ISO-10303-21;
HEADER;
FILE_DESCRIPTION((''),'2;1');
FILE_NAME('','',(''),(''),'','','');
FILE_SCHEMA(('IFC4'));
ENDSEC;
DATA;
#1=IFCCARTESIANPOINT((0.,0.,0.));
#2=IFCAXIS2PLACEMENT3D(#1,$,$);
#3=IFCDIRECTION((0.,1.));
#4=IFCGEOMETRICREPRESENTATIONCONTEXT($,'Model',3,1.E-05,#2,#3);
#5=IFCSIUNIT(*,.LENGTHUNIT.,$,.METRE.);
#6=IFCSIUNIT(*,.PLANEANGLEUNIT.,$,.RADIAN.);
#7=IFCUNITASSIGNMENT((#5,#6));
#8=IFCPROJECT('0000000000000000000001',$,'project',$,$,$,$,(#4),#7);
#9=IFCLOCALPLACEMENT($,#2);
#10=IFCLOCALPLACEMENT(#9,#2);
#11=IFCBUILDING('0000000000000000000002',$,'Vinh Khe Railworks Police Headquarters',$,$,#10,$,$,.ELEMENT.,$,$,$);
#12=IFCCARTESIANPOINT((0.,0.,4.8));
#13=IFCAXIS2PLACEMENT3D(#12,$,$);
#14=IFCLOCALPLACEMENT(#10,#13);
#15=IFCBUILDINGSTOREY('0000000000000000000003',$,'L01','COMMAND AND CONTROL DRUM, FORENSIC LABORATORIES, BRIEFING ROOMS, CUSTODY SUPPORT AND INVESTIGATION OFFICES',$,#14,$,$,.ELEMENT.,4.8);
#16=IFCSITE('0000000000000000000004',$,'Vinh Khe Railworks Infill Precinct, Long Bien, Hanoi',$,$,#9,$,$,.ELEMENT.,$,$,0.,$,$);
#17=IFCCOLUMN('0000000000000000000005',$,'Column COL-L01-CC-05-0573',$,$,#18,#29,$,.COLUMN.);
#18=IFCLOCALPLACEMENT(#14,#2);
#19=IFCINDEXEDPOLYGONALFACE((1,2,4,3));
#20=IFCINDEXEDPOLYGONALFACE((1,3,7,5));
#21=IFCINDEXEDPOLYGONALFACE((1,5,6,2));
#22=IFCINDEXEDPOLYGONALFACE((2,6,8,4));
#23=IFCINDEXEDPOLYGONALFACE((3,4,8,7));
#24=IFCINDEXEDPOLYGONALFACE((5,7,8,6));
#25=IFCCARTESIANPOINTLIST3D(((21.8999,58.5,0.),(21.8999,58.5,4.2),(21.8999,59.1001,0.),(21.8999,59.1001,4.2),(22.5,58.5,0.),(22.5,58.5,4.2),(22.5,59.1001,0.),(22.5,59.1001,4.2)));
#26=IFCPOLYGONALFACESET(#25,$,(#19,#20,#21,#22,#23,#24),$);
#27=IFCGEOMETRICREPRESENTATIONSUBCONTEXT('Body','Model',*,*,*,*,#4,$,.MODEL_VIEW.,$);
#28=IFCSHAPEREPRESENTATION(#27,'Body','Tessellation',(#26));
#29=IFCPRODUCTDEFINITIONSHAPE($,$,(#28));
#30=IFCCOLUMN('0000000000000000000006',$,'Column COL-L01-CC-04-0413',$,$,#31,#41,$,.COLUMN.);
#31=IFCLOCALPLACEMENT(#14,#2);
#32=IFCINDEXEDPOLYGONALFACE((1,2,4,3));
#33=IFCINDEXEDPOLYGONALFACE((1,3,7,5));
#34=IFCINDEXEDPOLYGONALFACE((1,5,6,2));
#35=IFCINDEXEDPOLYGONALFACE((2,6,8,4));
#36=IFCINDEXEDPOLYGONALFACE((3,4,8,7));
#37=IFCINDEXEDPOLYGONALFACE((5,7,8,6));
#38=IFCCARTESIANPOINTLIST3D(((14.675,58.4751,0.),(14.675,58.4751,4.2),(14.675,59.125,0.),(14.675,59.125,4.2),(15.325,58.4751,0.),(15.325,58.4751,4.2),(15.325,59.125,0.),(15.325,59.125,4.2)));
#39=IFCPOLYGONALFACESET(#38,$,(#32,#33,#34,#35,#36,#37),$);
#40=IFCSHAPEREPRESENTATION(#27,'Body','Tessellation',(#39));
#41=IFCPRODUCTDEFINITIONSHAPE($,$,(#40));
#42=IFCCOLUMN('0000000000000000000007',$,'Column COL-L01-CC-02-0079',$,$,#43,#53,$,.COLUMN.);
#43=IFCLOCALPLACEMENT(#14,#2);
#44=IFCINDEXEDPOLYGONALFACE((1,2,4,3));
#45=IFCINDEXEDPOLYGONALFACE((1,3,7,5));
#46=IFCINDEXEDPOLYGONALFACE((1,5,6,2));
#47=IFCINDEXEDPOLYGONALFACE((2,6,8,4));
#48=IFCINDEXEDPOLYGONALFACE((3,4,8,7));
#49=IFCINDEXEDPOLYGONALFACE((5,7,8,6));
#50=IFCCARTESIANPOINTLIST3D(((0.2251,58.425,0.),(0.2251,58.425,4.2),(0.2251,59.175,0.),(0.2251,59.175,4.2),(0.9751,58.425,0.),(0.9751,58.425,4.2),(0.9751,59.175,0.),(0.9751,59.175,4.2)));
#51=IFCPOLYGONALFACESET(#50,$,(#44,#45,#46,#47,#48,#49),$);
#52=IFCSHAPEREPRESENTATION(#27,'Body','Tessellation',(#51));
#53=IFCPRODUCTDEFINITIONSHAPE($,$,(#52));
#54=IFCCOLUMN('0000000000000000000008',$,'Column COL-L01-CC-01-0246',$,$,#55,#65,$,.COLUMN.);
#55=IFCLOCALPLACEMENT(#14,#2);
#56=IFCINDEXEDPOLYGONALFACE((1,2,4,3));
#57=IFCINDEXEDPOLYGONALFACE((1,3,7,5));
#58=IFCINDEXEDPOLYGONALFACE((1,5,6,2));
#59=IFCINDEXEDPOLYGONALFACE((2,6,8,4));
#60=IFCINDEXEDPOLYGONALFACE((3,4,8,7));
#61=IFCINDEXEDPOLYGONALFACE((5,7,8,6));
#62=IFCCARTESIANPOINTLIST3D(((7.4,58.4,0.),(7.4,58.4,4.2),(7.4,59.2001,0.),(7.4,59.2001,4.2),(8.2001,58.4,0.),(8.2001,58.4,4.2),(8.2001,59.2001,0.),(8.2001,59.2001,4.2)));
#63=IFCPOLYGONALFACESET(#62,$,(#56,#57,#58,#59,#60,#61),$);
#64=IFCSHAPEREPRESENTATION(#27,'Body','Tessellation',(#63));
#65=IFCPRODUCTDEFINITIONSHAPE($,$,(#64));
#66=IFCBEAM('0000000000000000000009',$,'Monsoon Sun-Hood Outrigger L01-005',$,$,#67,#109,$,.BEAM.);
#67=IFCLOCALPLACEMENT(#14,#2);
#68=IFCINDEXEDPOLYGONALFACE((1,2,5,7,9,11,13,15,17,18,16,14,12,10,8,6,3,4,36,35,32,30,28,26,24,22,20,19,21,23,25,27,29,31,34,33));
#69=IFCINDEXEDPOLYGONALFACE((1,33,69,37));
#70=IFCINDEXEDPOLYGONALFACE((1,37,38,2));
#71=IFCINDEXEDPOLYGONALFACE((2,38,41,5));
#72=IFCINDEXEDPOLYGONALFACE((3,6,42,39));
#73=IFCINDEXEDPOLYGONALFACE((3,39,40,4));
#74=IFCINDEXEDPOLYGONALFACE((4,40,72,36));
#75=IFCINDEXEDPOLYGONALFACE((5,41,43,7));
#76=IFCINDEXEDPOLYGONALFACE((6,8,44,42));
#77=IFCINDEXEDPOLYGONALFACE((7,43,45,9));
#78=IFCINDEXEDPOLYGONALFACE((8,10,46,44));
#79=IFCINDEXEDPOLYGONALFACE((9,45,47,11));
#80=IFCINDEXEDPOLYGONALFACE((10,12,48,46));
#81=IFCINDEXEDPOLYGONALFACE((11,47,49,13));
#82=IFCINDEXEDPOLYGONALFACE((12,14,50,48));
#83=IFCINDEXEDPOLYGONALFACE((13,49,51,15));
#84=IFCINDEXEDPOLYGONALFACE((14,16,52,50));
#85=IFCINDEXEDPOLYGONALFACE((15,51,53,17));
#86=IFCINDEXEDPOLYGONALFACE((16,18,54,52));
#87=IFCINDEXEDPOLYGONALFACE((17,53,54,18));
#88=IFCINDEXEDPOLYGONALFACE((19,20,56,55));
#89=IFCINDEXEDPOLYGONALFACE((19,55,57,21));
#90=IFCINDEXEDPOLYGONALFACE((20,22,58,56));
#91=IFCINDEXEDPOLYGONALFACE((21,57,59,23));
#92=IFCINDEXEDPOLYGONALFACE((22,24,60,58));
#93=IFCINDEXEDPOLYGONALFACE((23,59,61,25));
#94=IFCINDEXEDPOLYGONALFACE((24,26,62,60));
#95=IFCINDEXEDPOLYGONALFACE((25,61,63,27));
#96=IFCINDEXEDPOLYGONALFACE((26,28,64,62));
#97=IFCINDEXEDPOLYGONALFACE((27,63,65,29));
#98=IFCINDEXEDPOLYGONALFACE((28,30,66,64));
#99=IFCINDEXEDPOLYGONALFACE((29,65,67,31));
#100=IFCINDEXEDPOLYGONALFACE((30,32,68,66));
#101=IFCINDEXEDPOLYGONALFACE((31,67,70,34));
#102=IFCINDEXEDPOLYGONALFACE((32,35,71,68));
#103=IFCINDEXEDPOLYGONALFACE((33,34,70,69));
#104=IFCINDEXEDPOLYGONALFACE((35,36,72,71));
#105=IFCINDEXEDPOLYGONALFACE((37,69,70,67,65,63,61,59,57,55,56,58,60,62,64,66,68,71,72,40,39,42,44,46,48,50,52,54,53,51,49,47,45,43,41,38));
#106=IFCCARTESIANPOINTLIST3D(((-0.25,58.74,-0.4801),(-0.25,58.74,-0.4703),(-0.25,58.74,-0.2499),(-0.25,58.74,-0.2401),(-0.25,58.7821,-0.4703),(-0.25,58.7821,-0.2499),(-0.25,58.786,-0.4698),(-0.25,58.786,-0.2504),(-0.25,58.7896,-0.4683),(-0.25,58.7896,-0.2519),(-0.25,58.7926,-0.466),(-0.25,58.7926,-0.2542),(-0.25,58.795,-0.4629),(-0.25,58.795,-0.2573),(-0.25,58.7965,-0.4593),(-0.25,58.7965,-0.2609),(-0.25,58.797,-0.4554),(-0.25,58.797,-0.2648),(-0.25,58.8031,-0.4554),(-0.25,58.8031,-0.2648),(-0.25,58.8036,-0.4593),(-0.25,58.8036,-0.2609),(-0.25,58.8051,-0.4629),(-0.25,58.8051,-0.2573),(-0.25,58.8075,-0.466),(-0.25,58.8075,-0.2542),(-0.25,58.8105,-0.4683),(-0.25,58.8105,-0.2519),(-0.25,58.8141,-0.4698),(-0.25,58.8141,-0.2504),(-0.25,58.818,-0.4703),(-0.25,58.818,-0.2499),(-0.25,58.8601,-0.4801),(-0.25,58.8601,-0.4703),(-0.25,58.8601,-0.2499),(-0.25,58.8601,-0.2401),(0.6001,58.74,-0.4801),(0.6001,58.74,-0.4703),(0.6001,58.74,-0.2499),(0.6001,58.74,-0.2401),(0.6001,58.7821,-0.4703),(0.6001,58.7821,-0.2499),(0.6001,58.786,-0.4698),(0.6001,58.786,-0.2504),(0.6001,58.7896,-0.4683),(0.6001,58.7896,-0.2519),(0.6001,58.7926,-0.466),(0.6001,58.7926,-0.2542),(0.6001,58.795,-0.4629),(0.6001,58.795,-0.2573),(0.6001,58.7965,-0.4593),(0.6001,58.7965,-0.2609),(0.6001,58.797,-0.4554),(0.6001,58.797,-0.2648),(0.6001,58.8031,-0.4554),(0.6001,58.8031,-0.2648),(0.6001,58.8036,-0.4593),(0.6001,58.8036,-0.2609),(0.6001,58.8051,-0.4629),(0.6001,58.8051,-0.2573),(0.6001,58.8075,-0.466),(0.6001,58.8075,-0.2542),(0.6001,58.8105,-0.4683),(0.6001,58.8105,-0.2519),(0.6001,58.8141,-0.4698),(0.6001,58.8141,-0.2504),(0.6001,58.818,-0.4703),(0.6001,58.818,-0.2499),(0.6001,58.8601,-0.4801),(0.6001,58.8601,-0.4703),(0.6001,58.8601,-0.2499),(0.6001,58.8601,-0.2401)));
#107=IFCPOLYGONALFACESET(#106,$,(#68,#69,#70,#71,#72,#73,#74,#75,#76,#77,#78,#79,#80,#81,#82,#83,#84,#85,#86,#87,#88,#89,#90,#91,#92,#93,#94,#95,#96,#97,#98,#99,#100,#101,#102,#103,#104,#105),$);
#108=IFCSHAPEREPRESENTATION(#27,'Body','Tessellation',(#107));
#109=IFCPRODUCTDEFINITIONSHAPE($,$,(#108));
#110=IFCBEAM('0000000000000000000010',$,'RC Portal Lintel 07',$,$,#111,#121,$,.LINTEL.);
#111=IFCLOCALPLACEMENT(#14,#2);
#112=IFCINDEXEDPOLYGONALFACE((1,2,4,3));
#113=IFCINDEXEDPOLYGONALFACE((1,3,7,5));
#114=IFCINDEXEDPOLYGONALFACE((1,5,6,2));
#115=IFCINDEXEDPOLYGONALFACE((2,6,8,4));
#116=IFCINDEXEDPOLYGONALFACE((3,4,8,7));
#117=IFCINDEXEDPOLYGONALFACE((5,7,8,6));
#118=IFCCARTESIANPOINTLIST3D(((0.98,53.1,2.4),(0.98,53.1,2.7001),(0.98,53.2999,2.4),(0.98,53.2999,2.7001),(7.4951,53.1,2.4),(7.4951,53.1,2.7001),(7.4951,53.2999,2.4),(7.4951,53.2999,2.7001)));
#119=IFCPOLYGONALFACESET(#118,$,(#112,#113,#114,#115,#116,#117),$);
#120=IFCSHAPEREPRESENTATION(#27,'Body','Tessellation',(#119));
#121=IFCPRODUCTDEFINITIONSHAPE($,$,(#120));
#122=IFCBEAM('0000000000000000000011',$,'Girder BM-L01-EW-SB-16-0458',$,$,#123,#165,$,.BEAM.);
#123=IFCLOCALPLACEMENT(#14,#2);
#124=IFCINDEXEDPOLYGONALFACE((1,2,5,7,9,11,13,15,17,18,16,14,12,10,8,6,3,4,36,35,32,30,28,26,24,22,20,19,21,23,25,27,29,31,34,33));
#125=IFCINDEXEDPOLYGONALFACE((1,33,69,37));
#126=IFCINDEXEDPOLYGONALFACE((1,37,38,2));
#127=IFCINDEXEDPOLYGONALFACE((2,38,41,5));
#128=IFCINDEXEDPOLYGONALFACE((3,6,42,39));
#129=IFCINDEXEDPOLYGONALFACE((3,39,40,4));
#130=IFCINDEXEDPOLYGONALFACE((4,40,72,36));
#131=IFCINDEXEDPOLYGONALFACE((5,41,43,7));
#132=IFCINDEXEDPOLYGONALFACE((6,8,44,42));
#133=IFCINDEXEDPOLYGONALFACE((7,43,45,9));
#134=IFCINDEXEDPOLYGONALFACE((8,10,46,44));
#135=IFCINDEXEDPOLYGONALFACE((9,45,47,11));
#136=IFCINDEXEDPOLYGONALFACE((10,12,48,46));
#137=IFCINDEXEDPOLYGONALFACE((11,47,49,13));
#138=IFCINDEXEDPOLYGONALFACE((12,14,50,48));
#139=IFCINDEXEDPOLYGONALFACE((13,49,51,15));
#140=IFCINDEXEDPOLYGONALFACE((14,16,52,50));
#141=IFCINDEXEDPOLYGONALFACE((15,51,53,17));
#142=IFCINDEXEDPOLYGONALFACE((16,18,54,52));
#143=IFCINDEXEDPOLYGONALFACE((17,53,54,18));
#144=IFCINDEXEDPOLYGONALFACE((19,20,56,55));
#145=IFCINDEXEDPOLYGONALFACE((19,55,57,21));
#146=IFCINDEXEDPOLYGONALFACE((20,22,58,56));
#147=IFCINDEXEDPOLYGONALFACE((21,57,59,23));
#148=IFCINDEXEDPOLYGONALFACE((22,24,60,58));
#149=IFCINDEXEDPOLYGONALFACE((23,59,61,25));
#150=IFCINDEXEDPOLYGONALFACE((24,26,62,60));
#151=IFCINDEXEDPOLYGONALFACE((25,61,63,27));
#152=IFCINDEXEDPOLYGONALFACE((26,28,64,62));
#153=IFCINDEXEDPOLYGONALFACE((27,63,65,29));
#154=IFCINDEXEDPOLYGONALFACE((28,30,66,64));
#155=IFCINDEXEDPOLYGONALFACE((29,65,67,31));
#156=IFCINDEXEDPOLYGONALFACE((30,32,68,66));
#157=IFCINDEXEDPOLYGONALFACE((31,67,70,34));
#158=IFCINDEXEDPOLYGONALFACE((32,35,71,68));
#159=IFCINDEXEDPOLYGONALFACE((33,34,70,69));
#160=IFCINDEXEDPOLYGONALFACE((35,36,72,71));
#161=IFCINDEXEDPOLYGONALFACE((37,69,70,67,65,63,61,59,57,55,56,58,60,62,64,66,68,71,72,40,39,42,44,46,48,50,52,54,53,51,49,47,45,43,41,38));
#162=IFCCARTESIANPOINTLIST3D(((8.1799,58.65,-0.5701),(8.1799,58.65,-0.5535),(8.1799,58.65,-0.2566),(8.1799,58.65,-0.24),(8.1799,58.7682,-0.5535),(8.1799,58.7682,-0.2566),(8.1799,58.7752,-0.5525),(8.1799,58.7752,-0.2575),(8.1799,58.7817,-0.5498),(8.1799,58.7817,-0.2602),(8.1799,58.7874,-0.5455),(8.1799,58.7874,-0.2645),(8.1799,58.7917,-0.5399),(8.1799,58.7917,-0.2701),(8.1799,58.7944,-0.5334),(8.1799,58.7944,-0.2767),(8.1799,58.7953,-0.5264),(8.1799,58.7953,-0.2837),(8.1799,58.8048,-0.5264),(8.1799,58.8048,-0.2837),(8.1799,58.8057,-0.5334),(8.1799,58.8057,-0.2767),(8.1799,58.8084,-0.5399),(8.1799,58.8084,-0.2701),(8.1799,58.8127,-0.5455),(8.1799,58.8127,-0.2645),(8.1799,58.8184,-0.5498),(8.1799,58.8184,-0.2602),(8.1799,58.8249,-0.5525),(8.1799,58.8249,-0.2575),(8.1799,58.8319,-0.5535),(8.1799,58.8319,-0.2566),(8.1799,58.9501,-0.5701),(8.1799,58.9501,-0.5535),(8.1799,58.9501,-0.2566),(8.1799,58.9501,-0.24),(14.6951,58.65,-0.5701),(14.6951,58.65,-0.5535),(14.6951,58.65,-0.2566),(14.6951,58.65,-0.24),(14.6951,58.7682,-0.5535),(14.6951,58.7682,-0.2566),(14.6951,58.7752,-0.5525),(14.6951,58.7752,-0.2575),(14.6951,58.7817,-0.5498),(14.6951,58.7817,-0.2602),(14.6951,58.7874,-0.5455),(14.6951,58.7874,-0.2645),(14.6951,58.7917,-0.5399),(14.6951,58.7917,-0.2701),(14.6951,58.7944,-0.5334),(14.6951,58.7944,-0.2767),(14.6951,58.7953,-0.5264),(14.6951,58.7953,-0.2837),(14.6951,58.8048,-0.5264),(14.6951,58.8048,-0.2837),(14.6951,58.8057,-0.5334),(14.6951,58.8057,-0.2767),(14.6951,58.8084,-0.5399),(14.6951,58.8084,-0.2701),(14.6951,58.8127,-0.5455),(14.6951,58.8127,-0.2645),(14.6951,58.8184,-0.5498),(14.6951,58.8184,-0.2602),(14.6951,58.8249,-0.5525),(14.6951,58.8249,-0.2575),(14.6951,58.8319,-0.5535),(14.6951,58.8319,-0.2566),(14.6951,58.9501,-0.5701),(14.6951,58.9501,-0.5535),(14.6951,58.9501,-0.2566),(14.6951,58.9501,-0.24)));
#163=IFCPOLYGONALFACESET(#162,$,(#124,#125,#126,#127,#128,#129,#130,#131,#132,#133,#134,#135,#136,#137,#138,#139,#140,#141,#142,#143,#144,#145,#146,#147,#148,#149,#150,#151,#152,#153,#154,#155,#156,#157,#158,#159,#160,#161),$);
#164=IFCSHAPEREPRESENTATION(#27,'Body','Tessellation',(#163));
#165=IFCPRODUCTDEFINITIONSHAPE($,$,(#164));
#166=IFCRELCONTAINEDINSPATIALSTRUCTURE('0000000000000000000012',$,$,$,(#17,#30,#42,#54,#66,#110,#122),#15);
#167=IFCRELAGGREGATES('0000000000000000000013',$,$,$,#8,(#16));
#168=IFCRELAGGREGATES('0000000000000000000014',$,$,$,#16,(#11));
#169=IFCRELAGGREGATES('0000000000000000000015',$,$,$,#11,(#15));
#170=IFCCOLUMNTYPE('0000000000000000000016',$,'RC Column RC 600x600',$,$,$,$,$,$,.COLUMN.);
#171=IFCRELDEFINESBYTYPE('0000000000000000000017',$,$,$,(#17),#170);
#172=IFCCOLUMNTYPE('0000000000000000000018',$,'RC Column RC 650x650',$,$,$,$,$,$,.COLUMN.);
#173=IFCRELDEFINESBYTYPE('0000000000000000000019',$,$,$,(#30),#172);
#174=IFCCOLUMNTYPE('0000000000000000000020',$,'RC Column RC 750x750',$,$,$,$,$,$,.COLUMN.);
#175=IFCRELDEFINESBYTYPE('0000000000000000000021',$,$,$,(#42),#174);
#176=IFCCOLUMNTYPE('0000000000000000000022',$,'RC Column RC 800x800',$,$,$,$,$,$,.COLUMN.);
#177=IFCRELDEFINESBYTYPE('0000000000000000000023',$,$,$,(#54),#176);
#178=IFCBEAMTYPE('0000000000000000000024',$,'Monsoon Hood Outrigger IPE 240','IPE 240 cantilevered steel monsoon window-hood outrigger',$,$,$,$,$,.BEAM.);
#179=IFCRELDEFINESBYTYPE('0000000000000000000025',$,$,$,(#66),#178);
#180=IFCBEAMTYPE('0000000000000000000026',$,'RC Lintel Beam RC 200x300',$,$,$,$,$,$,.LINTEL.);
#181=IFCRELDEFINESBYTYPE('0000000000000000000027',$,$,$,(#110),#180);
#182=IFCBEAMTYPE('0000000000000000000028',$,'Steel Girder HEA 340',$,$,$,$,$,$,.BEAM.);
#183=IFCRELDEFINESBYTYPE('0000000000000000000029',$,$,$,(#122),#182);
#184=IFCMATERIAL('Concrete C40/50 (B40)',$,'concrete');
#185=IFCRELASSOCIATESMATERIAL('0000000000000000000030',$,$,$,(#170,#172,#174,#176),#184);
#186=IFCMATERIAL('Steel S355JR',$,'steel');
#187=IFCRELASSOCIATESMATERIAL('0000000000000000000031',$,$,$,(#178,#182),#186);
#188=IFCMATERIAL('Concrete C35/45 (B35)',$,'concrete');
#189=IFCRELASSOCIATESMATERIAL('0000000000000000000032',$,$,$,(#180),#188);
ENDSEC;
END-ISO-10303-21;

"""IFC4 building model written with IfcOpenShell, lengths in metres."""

from ifc_helpers import new_model, si_unit, direction, frame, origin, origin_2d, place, context, subcontext, project, spatial, rectangle, i_section, extrude, material, material_profile, profile_set, type_object, element, save


model = new_model("IFC4")

# Units and contexts
model_context = context("Model", 3, precision=1e-05, world=origin(), true_north=direction((0.0, 1.0)))
body_context = subcontext(model_context, "Body", "Model", "MODEL_VIEW")
ifc_project = project(units=[si_unit("LENGTHUNIT", "METRE"), si_unit("PLANEANGLEUNIT", "RADIAN")], contexts=[model_context])

# Site, building, storey
site_placement = place(None, origin())
site = spatial("IfcSite", under=ifc_project, at=site_placement, Name="Vinh Khe Railworks Infill Precinct, Long Bien, Hanoi", CompositionType="ELEMENT", RefElevation=0.0)
building_placement = place(site_placement, origin())
building = spatial("IfcBuilding", under=site, at=building_placement, Name="Vinh Khe Railworks Police Headquarters", CompositionType="ELEMENT")
storey_placement = place(building_placement, frame((0.0, 0.0, 4.8)))
storey = spatial("IfcBuildingStorey", under=building, at=storey_placement, Name="L01", Description="COMMAND AND CONTROL DRUM, FORENSIC LABORATORIES, BRIEFING ROOMS, CUSTODY SUPPORT AND INVESTIGATION OFFICES", CompositionType="ELEMENT", Elevation=4.8)

# Columns
ifc_material_1 = material(Name="Concrete C40/50 (B40)", Category="concrete")
ifc_material_profile_1 = material_profile(ifc_material_1, rectangle(XDim=0.6001, YDim=0.6001, at=origin_2d()), Name="RC 600x600")
ifc_profile_set_1 = profile_set([ifc_material_profile_1], Name="Concrete C40/50 (B40)")
column_type_1 = type_object("IfcColumnType", Name="RC Column RC 600x600", PredefinedType="COLUMN", material=ifc_profile_set_1)
column_1_placement = place(storey_placement, frame((22.2, 58.8, 0.0), z_axis=(0.0, 0.0, 1.0), x_axis=(1.0, 0.0, 0.0)))
element("IfcColumn", 1, at=column_1_placement, inside=storey, type_object=column_type_1, Name="Column COL-L01-CC-05-0573", PredefinedType="COLUMN", context=body_context, shape_type="SweptSolid", body=[
    extrude(rectangle(XDim=0.6001, YDim=0.6001, at=origin_2d()), origin(), (0.0, 0.0, 1.0), 4.2),
])
ifc_material_profile_2 = material_profile(ifc_material_1, rectangle(XDim=0.6499, YDim=0.6499, at=origin_2d()), Name="RC 650x650")
ifc_profile_set_2 = profile_set([ifc_material_profile_2], Name="Concrete C40/50 (B40)")
column_type_2 = type_object("IfcColumnType", Name="RC Column RC 650x650", PredefinedType="COLUMN", material=ifc_profile_set_2)
column_2_placement = place(storey_placement, frame((15.0, 58.8, 0.0), z_axis=(0.0, 0.0, 1.0), x_axis=(1.0, 0.0, 0.0)))
element("IfcColumn", 2, at=column_2_placement, inside=storey, type_object=column_type_2, Name="Column COL-L01-CC-04-0413", PredefinedType="COLUMN", context=body_context, shape_type="SweptSolid", body=[
    extrude(rectangle(XDim=0.6499, YDim=0.6499, at=origin_2d()), origin(), (0.0, 0.0, 1.0), 4.2),
])
ifc_material_profile_3 = material_profile(ifc_material_1, rectangle(XDim=0.75, YDim=0.75, at=origin_2d()), Name="RC 750x750")
ifc_profile_set_3 = profile_set([ifc_material_profile_3], Name="Concrete C40/50 (B40)")
column_type_3 = type_object("IfcColumnType", Name="RC Column RC 750x750", PredefinedType="COLUMN", material=ifc_profile_set_3)
column_3_placement = place(storey_placement, frame((0.6001, 58.8, 0.0), z_axis=(0.0, 0.0, 1.0), x_axis=(1.0, 0.0, 0.0)))
element("IfcColumn", 3, at=column_3_placement, inside=storey, type_object=column_type_3, Name="Column COL-L01-CC-02-0079", PredefinedType="COLUMN", context=body_context, shape_type="SweptSolid", body=[
    extrude(rectangle(XDim=0.75, YDim=0.75, at=origin_2d()), origin(), (0.0, 0.0, 1.0), 4.2),
])
ifc_material_profile_4 = material_profile(ifc_material_1, rectangle(XDim=0.8, YDim=0.8, at=origin_2d()), Name="RC 800x800")
ifc_profile_set_4 = profile_set([ifc_material_profile_4], Name="Concrete C40/50 (B40)")
column_type_4 = type_object("IfcColumnType", Name="RC Column RC 800x800", PredefinedType="COLUMN", material=ifc_profile_set_4)
column_4_placement = place(storey_placement, frame((7.8, 58.8, 0.0), z_axis=(0.0, 0.0, 1.0), x_axis=(1.0, 0.0, 0.0)))
element("IfcColumn", 4, at=column_4_placement, inside=storey, type_object=column_type_4, Name="Column COL-L01-CC-01-0246", PredefinedType="COLUMN", context=body_context, shape_type="SweptSolid", body=[
    extrude(rectangle(XDim=0.8, YDim=0.8, at=origin_2d()), origin(), (0.0, 0.0, 1.0), 4.2),
])

# Beams
ifc_material_2 = material(Name="Steel S355JR", Category="steel")
ifc_material_profile_5 = material_profile(ifc_material_2, i_section(OverallWidth=0.1201, OverallDepth=0.24, WebThickness=0.0061, FlangeThickness=0.0098, FilletRadius=0.0149, at=origin_2d()), Name="IPE 240")
ifc_profile_set_5 = profile_set([ifc_material_profile_5], Name="Steel S355JR")
beam_type_1 = type_object("IfcBeamType", Name="Monsoon Hood Outrigger IPE 240", Description="IPE 240 cantilevered steel monsoon window-hood outrigger", PredefinedType="BEAM", material=ifc_profile_set_5)
beam_1_placement = place(storey_placement, frame((-0.25, 58.8, -0.3601), z_axis=(1.0, 0.0, 0.0), x_axis=(0.0, 1.0, 0.0)))
element("IfcBeam", 5, at=beam_1_placement, inside=storey, type_object=beam_type_1, Name="Monsoon Sun-Hood Outrigger L01-005", PredefinedType="BEAM", context=body_context, shape_type="SweptSolid", body=[
    extrude(i_section(OverallWidth=0.1201, OverallDepth=0.24, WebThickness=0.0061, FlangeThickness=0.0098, FilletRadius=0.0149, at=origin_2d()), origin(), (0.0, 0.0, 1.0), 0.8501),
])
ifc_material_3 = material(Name="Concrete C35/45 (B35)", Category="concrete")
ifc_material_profile_6 = material_profile(ifc_material_3, rectangle(XDim=0.2, YDim=0.3, at=origin_2d()), Name="RC 200x300")
ifc_profile_set_6 = profile_set([ifc_material_profile_6], Name="Concrete C35/45 (B35)")
beam_type_2 = type_object("IfcBeamType", Name="RC Lintel Beam RC 200x300", PredefinedType="LINTEL", material=ifc_profile_set_6)
beam_2_placement = place(storey_placement, frame((0.98, 53.2, 2.55), z_axis=(1.0, 0.0, 0.0), x_axis=(0.0, 1.0, 0.0)))
element("IfcBeam", 6, at=beam_2_placement, inside=storey, type_object=beam_type_2, Name="RC Portal Lintel 07", PredefinedType="LINTEL", context=body_context, shape_type="SweptSolid", body=[
    extrude(rectangle(XDim=0.2, YDim=0.3, at=origin_2d()), origin(), (0.0, 0.0, 1.0), 6.5151),
])
ifc_material_profile_7 = material_profile(ifc_material_2, i_section(OverallWidth=0.3, OverallDepth=0.3301, WebThickness=0.0095, FlangeThickness=0.0166, FilletRadius=0.0271, at=origin_2d()), Name="HEA 340")
ifc_profile_set_7 = profile_set([ifc_material_profile_7], Name="Steel S355JR")
beam_type_3 = type_object("IfcBeamType", Name="Steel Girder HEA 340", PredefinedType="BEAM", material=ifc_profile_set_7)
beam_3_placement = place(storey_placement, frame((8.1799, 58.8, -0.405), z_axis=(1.0, 0.0, 0.0), x_axis=(0.0, 1.0, 0.0)))
element("IfcBeam", 7, at=beam_3_placement, inside=storey, type_object=beam_type_3, Name="Girder BM-L01-EW-SB-16-0458", PredefinedType="BEAM", context=body_context, shape_type="SweptSolid", body=[
    extrude(i_section(OverallWidth=0.3, OverallDepth=0.3301, WebThickness=0.0095, FlangeThickness=0.0166, FilletRadius=0.0271, at=origin_2d()), origin(), (0.0, 0.0, 1.0), 6.5151),
])

save(model, "model.ifc")
